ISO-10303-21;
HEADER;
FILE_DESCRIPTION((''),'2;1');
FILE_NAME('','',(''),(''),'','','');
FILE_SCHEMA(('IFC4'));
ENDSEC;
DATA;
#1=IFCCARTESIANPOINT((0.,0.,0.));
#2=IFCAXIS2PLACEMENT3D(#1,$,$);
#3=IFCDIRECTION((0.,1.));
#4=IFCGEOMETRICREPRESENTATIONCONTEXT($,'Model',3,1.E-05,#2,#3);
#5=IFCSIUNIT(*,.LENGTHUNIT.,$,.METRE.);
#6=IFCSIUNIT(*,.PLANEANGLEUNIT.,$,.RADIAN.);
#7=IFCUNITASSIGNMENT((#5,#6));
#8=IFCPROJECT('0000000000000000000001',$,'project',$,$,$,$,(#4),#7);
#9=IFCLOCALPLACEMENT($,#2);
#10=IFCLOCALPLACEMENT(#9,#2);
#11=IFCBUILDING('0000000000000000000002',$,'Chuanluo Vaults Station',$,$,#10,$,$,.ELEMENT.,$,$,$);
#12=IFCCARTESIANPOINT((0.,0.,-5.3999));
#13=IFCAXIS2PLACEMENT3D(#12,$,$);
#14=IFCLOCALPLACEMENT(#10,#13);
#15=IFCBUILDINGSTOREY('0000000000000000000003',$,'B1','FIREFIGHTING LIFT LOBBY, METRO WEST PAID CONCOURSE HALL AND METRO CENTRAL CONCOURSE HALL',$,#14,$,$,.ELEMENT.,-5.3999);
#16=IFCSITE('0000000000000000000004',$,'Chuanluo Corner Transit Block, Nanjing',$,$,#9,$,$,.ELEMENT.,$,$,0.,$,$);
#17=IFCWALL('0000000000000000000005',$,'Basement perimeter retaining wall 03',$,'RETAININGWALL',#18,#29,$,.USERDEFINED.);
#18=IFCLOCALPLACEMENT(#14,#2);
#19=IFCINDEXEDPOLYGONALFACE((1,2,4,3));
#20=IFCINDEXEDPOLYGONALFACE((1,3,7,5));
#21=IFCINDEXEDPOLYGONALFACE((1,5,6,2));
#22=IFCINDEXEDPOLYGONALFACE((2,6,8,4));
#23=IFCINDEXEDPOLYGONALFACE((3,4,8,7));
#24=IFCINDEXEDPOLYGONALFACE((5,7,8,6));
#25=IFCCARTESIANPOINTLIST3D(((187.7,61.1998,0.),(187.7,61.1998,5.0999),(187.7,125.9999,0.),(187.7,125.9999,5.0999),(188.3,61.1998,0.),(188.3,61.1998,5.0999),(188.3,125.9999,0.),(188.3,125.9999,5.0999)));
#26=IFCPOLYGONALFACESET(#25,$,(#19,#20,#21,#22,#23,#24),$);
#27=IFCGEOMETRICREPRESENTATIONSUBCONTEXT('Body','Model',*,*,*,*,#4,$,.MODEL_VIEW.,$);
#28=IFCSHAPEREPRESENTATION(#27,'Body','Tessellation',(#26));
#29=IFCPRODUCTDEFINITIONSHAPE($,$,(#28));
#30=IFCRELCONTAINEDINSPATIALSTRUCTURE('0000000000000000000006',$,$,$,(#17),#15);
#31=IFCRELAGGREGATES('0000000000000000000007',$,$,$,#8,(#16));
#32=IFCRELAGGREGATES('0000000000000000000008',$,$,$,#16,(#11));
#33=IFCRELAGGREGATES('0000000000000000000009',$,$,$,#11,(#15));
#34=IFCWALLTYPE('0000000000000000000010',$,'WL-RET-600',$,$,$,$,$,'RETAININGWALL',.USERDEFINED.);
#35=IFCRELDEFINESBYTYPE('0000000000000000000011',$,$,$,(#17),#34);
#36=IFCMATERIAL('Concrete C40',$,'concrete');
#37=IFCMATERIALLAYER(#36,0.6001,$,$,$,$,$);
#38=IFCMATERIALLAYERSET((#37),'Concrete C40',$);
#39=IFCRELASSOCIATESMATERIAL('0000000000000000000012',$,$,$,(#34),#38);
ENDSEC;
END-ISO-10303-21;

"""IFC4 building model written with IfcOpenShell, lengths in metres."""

from ifc_helpers import new_model, si_unit, direction, frame, frame_2d, origin, place, context, subcontext, project, spatial, rectangle, extrude, material, layer, layer_set, type_object, element, save


model = new_model("IFC4")

# Units and contexts
model_context = context("Model", 3, precision=1e-05, world=origin(), true_north=direction((0.0, 1.0)))
body_context = subcontext(model_context, "Body", "Model", "MODEL_VIEW")
ifc_project = project(units=[si_unit("LENGTHUNIT", "METRE"), si_unit("PLANEANGLEUNIT", "RADIAN")], contexts=[model_context])

# Site, building, storey
site_placement = place(None, origin())
site = spatial("IfcSite", under=ifc_project, at=site_placement, Name="Chuanluo Corner Transit Block, Nanjing", CompositionType="ELEMENT", RefElevation=0.0)
building_placement = place(site_placement, origin())
building = spatial("IfcBuilding", under=site, at=building_placement, Name="Chuanluo Vaults Station", CompositionType="ELEMENT")
storey_placement = place(building_placement, frame((0.0, 0.0, -5.3999)))
storey = spatial("IfcBuildingStorey", under=building, at=storey_placement, Name="B1", Description="FIREFIGHTING LIFT LOBBY, METRO WEST PAID CONCOURSE HALL AND METRO CENTRAL CONCOURSE HALL", CompositionType="ELEMENT", Elevation=-5.3999)

# Wall
ifc_material_1 = material(Name="Concrete C40", Category="concrete")
ifc_layer_1 = layer(ifc_material_1, 0.6001)
ifc_layer_set_1 = layer_set([ifc_layer_1], Name="Concrete C40")
wall_type_1 = type_object("IfcWallType", Name="WL-RET-600", ElementType="RETAININGWALL", PredefinedType="USERDEFINED", material=ifc_layer_set_1)
wall_1_placement = place(storey_placement, frame((188.0, 61.2, 0.0), z_axis=(0.0, 0.0, 1.0), x_axis=(0.0, 1.0, 0.0)))
element("IfcWall", 1, at=wall_1_placement, inside=storey, type_object=wall_type_1, Name="Basement perimeter retaining wall 03", ObjectType="RETAININGWALL", PredefinedType="USERDEFINED", context=body_context, shape_type="SweptSolid", body=[
    extrude(rectangle(XDim=64.8, YDim=0.6001, at=frame_2d((32.3999, 0.0))), origin(), (0.0, 0.0, 1.0), 5.0999),
])

save(model, "model.ifc")
